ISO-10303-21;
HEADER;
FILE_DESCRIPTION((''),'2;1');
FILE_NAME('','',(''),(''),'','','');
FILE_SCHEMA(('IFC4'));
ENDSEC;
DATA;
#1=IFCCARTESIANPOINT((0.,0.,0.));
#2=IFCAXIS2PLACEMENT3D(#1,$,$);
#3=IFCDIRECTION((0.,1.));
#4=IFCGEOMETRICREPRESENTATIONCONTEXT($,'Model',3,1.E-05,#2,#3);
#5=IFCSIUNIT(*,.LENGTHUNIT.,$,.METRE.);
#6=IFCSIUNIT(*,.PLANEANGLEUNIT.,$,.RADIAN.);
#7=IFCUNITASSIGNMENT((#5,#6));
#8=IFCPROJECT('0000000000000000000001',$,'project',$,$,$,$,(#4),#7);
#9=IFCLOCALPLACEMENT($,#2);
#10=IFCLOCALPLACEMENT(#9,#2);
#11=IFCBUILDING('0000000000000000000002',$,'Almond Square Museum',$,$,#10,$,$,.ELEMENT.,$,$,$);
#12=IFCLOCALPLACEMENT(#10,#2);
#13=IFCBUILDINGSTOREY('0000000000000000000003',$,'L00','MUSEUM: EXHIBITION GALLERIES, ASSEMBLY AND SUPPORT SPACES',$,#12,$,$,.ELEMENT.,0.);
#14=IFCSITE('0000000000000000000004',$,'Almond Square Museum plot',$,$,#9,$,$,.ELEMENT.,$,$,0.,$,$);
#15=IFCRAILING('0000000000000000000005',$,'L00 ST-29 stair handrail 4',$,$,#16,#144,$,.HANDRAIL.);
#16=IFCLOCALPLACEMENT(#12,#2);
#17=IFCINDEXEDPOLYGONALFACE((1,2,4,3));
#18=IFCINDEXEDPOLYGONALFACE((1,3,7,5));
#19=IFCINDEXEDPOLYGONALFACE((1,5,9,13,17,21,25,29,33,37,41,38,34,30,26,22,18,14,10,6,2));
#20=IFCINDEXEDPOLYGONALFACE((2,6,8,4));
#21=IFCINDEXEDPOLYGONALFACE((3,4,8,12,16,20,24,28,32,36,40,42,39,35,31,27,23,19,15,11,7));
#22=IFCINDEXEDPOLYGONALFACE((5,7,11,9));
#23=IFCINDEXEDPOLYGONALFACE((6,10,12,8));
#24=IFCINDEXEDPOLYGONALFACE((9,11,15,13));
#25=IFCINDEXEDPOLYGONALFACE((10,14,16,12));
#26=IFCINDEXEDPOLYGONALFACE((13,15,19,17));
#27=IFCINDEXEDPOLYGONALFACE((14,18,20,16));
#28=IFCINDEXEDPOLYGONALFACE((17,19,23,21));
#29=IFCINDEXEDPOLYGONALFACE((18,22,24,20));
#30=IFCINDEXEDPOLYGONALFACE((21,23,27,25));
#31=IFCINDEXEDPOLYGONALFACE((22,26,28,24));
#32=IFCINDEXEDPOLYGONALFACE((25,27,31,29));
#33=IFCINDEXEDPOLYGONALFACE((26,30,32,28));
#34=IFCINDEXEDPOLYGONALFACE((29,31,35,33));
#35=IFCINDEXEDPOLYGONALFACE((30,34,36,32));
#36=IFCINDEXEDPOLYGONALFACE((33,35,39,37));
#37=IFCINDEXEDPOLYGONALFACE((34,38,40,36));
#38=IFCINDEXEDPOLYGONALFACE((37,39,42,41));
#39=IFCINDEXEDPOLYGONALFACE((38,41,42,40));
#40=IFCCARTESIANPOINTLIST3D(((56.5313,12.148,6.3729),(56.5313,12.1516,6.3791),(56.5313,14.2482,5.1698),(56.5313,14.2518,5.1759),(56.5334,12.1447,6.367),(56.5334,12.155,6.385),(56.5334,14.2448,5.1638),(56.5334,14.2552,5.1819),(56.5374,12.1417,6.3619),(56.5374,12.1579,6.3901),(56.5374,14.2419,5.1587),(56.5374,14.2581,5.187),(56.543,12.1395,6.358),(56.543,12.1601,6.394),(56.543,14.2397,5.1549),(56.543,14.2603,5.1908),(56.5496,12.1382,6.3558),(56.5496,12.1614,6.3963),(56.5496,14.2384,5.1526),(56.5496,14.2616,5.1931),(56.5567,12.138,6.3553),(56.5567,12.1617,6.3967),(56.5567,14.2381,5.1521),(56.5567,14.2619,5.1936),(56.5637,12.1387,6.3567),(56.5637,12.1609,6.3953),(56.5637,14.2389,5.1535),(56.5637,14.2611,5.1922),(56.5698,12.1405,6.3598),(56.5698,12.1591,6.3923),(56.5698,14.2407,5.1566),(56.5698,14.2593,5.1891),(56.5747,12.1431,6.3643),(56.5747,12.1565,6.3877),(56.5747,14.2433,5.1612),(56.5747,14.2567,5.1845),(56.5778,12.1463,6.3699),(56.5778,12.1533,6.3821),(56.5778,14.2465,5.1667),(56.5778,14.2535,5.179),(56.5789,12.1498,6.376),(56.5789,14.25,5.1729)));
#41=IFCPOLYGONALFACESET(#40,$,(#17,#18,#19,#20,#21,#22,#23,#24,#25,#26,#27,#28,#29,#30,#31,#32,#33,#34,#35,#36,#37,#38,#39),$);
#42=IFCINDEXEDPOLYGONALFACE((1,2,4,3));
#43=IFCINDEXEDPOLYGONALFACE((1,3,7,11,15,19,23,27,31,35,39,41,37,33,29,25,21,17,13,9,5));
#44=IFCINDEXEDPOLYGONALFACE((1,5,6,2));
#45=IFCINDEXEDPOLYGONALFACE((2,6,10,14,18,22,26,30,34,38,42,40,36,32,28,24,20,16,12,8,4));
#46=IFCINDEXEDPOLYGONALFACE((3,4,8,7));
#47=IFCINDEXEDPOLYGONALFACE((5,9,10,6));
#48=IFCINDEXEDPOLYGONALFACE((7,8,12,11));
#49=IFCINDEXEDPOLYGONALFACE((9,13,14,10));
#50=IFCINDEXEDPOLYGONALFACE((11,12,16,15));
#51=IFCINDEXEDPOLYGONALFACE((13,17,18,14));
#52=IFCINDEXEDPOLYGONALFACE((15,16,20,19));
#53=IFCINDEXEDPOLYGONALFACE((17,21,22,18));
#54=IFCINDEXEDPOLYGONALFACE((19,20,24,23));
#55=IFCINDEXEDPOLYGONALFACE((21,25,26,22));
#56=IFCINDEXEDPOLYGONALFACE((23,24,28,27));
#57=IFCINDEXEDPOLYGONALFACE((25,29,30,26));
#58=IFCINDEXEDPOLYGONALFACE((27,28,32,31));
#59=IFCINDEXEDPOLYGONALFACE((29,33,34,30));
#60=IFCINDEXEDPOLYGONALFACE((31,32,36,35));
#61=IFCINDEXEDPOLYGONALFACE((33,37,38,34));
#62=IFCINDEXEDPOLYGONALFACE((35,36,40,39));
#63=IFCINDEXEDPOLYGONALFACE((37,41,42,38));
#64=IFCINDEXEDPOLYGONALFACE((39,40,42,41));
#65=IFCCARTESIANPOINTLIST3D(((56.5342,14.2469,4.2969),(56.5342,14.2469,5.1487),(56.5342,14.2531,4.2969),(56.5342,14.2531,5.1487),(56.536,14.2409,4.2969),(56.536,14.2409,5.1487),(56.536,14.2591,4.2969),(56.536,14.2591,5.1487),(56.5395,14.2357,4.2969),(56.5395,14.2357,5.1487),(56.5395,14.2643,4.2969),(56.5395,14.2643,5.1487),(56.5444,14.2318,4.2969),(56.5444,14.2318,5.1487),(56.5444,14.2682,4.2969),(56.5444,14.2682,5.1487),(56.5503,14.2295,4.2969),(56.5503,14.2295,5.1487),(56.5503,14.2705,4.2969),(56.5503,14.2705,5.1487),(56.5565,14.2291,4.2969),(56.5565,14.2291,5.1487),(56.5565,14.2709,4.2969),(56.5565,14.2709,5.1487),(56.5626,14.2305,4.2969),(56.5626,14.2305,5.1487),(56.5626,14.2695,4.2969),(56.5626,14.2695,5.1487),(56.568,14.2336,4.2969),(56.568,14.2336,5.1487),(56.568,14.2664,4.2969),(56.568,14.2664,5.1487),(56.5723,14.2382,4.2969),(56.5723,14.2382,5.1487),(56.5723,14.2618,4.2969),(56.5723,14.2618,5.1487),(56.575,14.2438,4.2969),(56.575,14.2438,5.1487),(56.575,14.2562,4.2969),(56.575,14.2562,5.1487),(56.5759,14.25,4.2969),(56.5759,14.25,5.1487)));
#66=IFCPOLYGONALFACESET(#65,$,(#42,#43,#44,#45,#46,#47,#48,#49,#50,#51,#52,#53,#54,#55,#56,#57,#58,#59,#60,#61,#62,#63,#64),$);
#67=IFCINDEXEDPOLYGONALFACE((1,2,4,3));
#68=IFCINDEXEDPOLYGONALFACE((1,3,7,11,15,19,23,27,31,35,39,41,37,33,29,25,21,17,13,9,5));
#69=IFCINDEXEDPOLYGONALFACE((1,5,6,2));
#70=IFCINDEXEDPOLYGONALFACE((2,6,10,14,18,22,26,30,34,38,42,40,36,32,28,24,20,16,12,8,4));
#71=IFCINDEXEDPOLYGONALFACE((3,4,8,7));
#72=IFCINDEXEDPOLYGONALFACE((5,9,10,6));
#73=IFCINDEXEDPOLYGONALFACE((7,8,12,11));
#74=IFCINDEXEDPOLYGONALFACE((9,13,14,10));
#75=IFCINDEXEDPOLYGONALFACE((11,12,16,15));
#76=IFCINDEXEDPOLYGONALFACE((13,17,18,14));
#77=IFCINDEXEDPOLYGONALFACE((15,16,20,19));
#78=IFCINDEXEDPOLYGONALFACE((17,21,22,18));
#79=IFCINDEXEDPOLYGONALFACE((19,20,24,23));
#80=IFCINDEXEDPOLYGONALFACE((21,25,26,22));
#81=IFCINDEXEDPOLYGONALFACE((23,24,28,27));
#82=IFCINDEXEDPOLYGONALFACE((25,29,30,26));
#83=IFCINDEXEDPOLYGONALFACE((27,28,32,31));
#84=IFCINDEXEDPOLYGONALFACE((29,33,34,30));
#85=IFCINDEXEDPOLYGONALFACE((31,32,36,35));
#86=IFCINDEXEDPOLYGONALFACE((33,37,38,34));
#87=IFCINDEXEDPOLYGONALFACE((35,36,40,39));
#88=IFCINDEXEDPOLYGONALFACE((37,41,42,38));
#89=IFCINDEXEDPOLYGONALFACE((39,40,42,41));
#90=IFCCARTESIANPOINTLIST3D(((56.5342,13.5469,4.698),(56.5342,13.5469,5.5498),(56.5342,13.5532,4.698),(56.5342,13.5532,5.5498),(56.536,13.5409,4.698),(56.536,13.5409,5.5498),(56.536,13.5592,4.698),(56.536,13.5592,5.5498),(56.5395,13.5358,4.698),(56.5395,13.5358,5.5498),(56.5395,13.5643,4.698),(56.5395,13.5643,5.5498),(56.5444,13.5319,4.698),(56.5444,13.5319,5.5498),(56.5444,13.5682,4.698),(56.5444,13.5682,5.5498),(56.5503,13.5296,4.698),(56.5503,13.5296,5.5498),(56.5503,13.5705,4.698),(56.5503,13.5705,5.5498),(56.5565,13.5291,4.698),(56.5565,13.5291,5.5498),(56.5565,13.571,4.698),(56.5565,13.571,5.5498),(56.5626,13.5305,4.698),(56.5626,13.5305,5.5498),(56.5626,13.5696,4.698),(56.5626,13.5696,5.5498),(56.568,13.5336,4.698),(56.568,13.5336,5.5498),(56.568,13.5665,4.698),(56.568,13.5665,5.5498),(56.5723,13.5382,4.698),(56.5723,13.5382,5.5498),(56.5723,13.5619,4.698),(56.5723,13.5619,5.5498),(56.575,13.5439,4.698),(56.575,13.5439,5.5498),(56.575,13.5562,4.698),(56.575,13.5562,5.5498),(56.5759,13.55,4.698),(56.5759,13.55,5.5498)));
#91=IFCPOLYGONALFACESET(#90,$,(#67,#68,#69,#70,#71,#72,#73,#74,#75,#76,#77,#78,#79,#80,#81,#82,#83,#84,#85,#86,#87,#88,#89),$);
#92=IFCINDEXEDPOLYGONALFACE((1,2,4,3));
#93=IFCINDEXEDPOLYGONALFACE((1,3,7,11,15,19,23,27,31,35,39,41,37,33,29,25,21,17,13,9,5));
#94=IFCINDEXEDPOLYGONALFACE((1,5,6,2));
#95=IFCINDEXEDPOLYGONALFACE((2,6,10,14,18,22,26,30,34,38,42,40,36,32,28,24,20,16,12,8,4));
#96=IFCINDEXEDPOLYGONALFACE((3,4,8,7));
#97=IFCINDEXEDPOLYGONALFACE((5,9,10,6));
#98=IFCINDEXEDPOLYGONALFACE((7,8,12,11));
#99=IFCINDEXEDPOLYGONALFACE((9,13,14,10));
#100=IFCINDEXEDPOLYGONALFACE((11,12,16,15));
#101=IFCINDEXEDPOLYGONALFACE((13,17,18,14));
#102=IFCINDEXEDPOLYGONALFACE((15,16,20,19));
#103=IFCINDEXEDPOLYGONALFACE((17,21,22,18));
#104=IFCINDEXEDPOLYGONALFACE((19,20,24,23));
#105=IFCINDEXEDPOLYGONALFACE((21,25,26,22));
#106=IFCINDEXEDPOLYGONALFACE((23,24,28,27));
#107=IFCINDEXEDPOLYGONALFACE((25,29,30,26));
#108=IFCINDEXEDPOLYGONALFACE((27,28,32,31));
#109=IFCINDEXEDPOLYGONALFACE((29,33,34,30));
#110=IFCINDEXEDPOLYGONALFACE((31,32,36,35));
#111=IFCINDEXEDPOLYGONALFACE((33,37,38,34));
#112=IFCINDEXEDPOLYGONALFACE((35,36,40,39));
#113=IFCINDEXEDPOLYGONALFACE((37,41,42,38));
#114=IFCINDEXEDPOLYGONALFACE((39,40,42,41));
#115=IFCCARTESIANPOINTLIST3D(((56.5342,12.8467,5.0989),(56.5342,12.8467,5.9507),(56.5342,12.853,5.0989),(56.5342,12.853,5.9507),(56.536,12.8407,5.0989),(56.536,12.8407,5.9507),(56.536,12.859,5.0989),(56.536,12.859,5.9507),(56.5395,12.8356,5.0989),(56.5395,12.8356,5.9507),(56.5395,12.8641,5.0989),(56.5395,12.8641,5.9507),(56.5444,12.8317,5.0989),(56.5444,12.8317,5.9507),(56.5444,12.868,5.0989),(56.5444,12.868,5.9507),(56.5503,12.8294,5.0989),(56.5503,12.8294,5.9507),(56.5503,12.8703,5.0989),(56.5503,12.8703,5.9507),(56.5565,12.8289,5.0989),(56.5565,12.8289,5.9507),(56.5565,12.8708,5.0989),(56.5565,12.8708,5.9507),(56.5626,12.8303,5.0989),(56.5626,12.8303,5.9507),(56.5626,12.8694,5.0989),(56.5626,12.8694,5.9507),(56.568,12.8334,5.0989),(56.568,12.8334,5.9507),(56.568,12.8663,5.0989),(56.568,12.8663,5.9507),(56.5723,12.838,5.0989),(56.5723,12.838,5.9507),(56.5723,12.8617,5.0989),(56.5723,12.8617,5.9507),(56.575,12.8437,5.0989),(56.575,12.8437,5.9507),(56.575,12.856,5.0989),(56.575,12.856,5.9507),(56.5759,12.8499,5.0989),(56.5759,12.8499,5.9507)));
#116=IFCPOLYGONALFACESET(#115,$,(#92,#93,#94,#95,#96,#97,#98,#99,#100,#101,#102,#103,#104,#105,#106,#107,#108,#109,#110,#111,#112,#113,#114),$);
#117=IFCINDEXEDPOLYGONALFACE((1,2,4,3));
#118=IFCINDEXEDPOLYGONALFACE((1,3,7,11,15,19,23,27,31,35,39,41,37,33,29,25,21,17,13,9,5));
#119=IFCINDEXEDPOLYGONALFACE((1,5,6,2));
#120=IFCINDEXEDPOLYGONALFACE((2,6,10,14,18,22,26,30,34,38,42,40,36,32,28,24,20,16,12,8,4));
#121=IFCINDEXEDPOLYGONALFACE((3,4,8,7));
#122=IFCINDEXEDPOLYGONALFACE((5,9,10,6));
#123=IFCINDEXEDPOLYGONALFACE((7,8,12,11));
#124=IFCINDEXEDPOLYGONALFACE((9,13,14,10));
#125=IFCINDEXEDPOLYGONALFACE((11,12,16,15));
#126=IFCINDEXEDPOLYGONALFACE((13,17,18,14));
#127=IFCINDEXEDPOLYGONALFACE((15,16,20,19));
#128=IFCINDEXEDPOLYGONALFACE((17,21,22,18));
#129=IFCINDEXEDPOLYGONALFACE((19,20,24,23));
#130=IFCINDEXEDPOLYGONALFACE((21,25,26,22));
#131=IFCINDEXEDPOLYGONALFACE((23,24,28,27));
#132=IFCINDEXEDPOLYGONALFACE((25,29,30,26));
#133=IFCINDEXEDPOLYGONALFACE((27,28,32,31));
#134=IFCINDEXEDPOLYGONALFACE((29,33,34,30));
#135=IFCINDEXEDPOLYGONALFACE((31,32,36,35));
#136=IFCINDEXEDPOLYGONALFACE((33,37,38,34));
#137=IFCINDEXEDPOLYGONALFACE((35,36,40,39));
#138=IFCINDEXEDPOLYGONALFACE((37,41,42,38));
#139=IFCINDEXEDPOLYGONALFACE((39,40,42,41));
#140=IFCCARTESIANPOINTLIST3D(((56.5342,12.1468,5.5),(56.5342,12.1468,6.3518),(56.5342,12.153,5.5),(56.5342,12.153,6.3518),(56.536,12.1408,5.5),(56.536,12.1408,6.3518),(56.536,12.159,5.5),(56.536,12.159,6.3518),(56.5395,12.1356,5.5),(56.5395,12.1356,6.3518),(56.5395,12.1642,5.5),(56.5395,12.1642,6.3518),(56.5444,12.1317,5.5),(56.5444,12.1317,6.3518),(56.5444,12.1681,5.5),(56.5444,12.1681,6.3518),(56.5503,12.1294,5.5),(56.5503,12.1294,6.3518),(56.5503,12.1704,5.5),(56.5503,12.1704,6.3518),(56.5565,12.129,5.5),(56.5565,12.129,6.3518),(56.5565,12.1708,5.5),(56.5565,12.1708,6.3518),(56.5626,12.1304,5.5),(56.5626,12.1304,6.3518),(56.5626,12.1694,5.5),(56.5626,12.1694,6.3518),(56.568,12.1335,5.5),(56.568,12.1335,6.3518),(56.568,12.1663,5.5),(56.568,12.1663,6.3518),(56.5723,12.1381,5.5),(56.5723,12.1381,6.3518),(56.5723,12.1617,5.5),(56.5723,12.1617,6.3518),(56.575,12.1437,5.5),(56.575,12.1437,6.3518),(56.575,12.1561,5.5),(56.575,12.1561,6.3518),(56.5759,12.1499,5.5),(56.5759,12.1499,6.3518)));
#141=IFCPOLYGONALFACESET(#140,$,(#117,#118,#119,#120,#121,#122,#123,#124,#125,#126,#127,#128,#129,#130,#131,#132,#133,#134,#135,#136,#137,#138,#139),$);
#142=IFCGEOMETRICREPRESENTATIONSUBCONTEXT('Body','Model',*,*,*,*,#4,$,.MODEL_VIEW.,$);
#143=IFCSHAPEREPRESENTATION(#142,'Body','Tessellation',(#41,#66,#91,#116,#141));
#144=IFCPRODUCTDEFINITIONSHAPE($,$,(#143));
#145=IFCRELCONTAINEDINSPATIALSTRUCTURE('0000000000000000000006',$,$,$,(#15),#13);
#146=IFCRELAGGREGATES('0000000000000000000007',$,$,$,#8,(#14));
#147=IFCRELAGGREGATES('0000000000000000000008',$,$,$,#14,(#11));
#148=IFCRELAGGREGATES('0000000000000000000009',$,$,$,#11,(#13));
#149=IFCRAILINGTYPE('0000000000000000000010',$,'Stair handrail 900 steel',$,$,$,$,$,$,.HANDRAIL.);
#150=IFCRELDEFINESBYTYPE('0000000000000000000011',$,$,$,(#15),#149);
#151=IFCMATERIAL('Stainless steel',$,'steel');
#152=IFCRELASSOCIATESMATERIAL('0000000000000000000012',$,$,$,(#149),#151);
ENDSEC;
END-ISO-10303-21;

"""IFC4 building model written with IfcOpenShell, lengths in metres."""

from ifc_helpers import new_model, si_unit, direction, frame, origin, origin_2d, place, context, subcontext, project, spatial, circle, extrude, material, type_object, element, save


model = new_model("IFC4")

# Units and contexts
model_context = context("Model", 3, precision=1e-05, world=origin(), true_north=direction((0.0, 1.0)))
body_context = subcontext(model_context, "Body", "Model", "MODEL_VIEW")
ifc_project = project(units=[si_unit("LENGTHUNIT", "METRE"), si_unit("PLANEANGLEUNIT", "RADIAN")], contexts=[model_context])

# Site, building, storey
site_placement = place(None, origin())
site = spatial("IfcSite", under=ifc_project, at=site_placement, Name="Almond Square Museum plot", CompositionType="ELEMENT", RefElevation=0.0)
building_placement = place(site_placement, origin())
building = spatial("IfcBuilding", under=site, at=building_placement, Name="Almond Square Museum", CompositionType="ELEMENT")
storey_placement = place(building_placement, origin())
storey = spatial("IfcBuildingStorey", under=building, at=storey_placement, Name="L00", Description="MUSEUM: EXHIBITION GALLERIES, ASSEMBLY AND SUPPORT SPACES", CompositionType="ELEMENT", Elevation=0.0)

# Railing
ifc_material_1 = material(Name="Stainless steel", Category="steel")
railing_type_1 = type_object("IfcRailingType", Name="Stair handrail 900 steel", PredefinedType="HANDRAIL", material=ifc_material_1)
railing_1_placement = place(storey_placement, frame((56.5549, 14.25, 4.2969)))
element("IfcRailing", 1, at=railing_1_placement, inside=storey, type_object=railing_type_1, Name="L00 ST-29 stair handrail 4", PredefinedType="HANDRAIL", context=body_context, shape_type="SweptSolid", body=[
    extrude(circle(Radius=0.0239, at=origin_2d()), frame((0.0, 0.0, 0.876), z_axis=(0.0, -0.867696, 0.497095), x_axis=(1.0, 0.0, 0.0)), (0.0, 0.0, 1.0), 2.4204),
    extrude(circle(Radius=0.021, at=origin_2d()), origin(), (0.0, 0.0, 1.0), 0.8518),
    extrude(circle(Radius=0.021, at=origin_2d()), frame((0.0, -0.7, 0.4011)), (0.0, 0.0, 1.0), 0.8518),
    extrude(circle(Radius=0.021, at=origin_2d()), frame((0.0, -1.4001, 0.802)), (0.0, 0.0, 1.0), 0.8518),
    extrude(circle(Radius=0.021, at=origin_2d()), frame((0.0, -2.1001, 1.2031)), (0.0, 0.0, 1.0), 0.8518),
])

save(model, "model.ifc")
